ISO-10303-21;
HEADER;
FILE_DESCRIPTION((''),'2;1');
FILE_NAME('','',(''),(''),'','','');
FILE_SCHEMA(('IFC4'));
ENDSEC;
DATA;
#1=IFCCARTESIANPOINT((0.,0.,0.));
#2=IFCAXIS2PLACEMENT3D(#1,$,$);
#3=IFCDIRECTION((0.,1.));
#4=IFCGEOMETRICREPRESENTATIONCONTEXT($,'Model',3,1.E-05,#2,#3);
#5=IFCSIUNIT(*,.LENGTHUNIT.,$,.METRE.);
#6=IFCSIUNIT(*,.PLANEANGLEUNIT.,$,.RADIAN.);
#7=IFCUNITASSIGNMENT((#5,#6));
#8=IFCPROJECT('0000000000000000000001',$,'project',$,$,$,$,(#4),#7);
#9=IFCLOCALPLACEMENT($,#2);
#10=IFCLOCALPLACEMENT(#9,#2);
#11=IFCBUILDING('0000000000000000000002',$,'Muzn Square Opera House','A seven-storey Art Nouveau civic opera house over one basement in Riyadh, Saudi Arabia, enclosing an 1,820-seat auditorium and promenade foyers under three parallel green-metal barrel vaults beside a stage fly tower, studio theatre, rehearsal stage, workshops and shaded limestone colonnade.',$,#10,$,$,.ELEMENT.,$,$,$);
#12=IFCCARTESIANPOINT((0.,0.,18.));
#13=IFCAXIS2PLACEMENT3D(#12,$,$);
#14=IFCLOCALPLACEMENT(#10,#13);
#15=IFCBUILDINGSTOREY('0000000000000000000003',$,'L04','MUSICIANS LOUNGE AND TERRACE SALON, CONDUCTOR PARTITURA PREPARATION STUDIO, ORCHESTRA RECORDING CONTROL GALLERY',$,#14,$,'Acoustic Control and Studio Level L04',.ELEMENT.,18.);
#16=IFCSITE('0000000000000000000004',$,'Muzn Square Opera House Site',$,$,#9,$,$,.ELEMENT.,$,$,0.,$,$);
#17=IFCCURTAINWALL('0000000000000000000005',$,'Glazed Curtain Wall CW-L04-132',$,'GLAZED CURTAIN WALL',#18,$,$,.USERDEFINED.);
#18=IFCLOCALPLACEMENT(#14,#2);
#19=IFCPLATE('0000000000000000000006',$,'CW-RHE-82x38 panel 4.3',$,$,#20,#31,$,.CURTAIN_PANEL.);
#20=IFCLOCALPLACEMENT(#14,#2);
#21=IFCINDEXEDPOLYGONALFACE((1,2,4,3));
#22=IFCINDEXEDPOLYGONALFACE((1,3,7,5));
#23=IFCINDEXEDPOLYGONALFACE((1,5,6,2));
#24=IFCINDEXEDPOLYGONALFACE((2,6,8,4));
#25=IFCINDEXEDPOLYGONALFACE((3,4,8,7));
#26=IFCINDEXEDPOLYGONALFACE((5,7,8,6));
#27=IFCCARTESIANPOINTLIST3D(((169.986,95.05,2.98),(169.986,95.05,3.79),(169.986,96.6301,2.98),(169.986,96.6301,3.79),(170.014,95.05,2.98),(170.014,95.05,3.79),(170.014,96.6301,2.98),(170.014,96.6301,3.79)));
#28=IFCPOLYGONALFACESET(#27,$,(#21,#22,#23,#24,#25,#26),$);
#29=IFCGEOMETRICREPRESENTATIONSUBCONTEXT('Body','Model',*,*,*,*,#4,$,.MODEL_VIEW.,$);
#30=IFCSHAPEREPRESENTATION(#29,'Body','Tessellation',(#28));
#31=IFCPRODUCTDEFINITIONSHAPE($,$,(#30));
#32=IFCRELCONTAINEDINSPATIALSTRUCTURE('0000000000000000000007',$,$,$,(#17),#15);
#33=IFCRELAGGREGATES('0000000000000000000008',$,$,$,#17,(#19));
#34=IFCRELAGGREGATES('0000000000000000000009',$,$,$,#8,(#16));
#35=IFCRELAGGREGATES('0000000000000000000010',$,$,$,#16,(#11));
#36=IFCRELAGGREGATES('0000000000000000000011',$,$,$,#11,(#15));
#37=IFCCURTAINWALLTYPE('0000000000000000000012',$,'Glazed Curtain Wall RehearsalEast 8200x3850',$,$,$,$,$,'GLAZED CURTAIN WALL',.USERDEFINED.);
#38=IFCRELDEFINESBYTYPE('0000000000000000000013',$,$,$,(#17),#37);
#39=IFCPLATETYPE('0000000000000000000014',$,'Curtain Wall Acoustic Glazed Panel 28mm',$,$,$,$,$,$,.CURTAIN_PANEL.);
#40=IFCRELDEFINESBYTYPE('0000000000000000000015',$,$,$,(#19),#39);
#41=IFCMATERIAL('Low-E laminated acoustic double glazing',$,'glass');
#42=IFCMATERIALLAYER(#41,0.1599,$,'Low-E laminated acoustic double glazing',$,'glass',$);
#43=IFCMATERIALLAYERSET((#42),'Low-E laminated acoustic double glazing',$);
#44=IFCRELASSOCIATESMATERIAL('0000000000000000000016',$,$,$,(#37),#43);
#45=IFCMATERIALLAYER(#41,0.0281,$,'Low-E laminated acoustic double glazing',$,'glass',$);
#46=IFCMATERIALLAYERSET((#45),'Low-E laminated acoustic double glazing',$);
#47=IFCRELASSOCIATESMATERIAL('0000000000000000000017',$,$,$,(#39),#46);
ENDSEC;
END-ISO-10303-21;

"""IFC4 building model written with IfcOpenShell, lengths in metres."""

from ifc_helpers import new_model, si_unit, direction, frame, origin, origin_2d, place, context, subcontext, project, spatial, rectangle, extrude, material, layer, layer_set, type_object, element, aggregate, save


model = new_model("IFC4")

# Units and contexts
model_context = context("Model", 3, precision=1e-05, world=origin(), true_north=direction((0.0, 1.0)))
body_context = subcontext(model_context, "Body", "Model", "MODEL_VIEW")
ifc_project = project(units=[si_unit("LENGTHUNIT", "METRE"), si_unit("PLANEANGLEUNIT", "RADIAN")], contexts=[model_context])

# Site, building, storey
site_placement = place(None, origin())
site = spatial("IfcSite", under=ifc_project, at=site_placement, Name="Muzn Square Opera House Site", CompositionType="ELEMENT", RefElevation=0.0)
building_placement = place(site_placement, origin())
building = spatial("IfcBuilding", under=site, at=building_placement, Name="Muzn Square Opera House", Description="A seven-storey Art Nouveau civic opera house over one basement in Riyadh, Saudi Arabia, enclosing an 1,820-seat auditorium and promenade foyers under three parallel green-metal barrel vaults beside a stage fly tower, studio theatre, rehearsal stage, workshops and shaded limestone colonnade.", CompositionType="ELEMENT")
storey_placement = place(building_placement, frame((0.0, 0.0, 18.0)))
storey = spatial("IfcBuildingStorey", under=building, at=storey_placement, Name="L04", Description="MUSICIANS LOUNGE AND TERRACE SALON, CONDUCTOR PARTITURA PREPARATION STUDIO, ORCHESTRA RECORDING CONTROL GALLERY", LongName="Acoustic Control and Studio Level L04", CompositionType="ELEMENT", Elevation=18.0)

# Shared definitions
ifc_material_1 = material(Name="Low-E laminated acoustic double glazing", Category="glass")

# Curtain wall
ifc_layer_1 = layer(ifc_material_1, 0.1599, Name="Low-E laminated acoustic double glazing", Category="glass")
ifc_layer_set_1 = layer_set([ifc_layer_1], Name="Low-E laminated acoustic double glazing")
curtain_wall_type_1 = type_object("IfcCurtainWallType", Name="Glazed Curtain Wall RehearsalEast 8200x3850", ElementType="GLAZED CURTAIN WALL", PredefinedType="USERDEFINED", material=ifc_layer_set_1)
curtain_wall_1_placement = place(storey_placement, origin())
curtain_wall_1 = element("IfcCurtainWall", 1, at=curtain_wall_1_placement, inside=storey, type_object=curtain_wall_type_1, Name="Glazed Curtain Wall CW-L04-132", ObjectType="GLAZED CURTAIN WALL", PredefinedType="USERDEFINED")

# Plate
ifc_layer_2 = layer(ifc_material_1, 0.0281, Name="Low-E laminated acoustic double glazing", Category="glass")
ifc_layer_set_2 = layer_set([ifc_layer_2], Name="Low-E laminated acoustic double glazing")
plate_type = type_object("IfcPlateType", Name="Curtain Wall Acoustic Glazed Panel 28mm", PredefinedType="CURTAIN_PANEL", material=ifc_layer_set_2)
plate_1_placement = place(storey_placement, frame((170.0, 95.8401, 2.98), z_axis=(0.0, 0.0, 1.0), x_axis=(0.0, 1.0, 0.0)))
plate_1 = element("IfcPlate", 2, at=plate_1_placement, type_object=plate_type, Name="CW-RHE-82x38 panel 4.3", PredefinedType="CURTAIN_PANEL", context=body_context, shape_type="SweptSolid", body=[
    extrude(rectangle(XDim=1.5801, YDim=0.0281, at=origin_2d()), origin(), (0.0, 0.0, 1.0), 0.8101),
])
aggregate(curtain_wall_1, [plate_1])

save(model, "model.ifc")
